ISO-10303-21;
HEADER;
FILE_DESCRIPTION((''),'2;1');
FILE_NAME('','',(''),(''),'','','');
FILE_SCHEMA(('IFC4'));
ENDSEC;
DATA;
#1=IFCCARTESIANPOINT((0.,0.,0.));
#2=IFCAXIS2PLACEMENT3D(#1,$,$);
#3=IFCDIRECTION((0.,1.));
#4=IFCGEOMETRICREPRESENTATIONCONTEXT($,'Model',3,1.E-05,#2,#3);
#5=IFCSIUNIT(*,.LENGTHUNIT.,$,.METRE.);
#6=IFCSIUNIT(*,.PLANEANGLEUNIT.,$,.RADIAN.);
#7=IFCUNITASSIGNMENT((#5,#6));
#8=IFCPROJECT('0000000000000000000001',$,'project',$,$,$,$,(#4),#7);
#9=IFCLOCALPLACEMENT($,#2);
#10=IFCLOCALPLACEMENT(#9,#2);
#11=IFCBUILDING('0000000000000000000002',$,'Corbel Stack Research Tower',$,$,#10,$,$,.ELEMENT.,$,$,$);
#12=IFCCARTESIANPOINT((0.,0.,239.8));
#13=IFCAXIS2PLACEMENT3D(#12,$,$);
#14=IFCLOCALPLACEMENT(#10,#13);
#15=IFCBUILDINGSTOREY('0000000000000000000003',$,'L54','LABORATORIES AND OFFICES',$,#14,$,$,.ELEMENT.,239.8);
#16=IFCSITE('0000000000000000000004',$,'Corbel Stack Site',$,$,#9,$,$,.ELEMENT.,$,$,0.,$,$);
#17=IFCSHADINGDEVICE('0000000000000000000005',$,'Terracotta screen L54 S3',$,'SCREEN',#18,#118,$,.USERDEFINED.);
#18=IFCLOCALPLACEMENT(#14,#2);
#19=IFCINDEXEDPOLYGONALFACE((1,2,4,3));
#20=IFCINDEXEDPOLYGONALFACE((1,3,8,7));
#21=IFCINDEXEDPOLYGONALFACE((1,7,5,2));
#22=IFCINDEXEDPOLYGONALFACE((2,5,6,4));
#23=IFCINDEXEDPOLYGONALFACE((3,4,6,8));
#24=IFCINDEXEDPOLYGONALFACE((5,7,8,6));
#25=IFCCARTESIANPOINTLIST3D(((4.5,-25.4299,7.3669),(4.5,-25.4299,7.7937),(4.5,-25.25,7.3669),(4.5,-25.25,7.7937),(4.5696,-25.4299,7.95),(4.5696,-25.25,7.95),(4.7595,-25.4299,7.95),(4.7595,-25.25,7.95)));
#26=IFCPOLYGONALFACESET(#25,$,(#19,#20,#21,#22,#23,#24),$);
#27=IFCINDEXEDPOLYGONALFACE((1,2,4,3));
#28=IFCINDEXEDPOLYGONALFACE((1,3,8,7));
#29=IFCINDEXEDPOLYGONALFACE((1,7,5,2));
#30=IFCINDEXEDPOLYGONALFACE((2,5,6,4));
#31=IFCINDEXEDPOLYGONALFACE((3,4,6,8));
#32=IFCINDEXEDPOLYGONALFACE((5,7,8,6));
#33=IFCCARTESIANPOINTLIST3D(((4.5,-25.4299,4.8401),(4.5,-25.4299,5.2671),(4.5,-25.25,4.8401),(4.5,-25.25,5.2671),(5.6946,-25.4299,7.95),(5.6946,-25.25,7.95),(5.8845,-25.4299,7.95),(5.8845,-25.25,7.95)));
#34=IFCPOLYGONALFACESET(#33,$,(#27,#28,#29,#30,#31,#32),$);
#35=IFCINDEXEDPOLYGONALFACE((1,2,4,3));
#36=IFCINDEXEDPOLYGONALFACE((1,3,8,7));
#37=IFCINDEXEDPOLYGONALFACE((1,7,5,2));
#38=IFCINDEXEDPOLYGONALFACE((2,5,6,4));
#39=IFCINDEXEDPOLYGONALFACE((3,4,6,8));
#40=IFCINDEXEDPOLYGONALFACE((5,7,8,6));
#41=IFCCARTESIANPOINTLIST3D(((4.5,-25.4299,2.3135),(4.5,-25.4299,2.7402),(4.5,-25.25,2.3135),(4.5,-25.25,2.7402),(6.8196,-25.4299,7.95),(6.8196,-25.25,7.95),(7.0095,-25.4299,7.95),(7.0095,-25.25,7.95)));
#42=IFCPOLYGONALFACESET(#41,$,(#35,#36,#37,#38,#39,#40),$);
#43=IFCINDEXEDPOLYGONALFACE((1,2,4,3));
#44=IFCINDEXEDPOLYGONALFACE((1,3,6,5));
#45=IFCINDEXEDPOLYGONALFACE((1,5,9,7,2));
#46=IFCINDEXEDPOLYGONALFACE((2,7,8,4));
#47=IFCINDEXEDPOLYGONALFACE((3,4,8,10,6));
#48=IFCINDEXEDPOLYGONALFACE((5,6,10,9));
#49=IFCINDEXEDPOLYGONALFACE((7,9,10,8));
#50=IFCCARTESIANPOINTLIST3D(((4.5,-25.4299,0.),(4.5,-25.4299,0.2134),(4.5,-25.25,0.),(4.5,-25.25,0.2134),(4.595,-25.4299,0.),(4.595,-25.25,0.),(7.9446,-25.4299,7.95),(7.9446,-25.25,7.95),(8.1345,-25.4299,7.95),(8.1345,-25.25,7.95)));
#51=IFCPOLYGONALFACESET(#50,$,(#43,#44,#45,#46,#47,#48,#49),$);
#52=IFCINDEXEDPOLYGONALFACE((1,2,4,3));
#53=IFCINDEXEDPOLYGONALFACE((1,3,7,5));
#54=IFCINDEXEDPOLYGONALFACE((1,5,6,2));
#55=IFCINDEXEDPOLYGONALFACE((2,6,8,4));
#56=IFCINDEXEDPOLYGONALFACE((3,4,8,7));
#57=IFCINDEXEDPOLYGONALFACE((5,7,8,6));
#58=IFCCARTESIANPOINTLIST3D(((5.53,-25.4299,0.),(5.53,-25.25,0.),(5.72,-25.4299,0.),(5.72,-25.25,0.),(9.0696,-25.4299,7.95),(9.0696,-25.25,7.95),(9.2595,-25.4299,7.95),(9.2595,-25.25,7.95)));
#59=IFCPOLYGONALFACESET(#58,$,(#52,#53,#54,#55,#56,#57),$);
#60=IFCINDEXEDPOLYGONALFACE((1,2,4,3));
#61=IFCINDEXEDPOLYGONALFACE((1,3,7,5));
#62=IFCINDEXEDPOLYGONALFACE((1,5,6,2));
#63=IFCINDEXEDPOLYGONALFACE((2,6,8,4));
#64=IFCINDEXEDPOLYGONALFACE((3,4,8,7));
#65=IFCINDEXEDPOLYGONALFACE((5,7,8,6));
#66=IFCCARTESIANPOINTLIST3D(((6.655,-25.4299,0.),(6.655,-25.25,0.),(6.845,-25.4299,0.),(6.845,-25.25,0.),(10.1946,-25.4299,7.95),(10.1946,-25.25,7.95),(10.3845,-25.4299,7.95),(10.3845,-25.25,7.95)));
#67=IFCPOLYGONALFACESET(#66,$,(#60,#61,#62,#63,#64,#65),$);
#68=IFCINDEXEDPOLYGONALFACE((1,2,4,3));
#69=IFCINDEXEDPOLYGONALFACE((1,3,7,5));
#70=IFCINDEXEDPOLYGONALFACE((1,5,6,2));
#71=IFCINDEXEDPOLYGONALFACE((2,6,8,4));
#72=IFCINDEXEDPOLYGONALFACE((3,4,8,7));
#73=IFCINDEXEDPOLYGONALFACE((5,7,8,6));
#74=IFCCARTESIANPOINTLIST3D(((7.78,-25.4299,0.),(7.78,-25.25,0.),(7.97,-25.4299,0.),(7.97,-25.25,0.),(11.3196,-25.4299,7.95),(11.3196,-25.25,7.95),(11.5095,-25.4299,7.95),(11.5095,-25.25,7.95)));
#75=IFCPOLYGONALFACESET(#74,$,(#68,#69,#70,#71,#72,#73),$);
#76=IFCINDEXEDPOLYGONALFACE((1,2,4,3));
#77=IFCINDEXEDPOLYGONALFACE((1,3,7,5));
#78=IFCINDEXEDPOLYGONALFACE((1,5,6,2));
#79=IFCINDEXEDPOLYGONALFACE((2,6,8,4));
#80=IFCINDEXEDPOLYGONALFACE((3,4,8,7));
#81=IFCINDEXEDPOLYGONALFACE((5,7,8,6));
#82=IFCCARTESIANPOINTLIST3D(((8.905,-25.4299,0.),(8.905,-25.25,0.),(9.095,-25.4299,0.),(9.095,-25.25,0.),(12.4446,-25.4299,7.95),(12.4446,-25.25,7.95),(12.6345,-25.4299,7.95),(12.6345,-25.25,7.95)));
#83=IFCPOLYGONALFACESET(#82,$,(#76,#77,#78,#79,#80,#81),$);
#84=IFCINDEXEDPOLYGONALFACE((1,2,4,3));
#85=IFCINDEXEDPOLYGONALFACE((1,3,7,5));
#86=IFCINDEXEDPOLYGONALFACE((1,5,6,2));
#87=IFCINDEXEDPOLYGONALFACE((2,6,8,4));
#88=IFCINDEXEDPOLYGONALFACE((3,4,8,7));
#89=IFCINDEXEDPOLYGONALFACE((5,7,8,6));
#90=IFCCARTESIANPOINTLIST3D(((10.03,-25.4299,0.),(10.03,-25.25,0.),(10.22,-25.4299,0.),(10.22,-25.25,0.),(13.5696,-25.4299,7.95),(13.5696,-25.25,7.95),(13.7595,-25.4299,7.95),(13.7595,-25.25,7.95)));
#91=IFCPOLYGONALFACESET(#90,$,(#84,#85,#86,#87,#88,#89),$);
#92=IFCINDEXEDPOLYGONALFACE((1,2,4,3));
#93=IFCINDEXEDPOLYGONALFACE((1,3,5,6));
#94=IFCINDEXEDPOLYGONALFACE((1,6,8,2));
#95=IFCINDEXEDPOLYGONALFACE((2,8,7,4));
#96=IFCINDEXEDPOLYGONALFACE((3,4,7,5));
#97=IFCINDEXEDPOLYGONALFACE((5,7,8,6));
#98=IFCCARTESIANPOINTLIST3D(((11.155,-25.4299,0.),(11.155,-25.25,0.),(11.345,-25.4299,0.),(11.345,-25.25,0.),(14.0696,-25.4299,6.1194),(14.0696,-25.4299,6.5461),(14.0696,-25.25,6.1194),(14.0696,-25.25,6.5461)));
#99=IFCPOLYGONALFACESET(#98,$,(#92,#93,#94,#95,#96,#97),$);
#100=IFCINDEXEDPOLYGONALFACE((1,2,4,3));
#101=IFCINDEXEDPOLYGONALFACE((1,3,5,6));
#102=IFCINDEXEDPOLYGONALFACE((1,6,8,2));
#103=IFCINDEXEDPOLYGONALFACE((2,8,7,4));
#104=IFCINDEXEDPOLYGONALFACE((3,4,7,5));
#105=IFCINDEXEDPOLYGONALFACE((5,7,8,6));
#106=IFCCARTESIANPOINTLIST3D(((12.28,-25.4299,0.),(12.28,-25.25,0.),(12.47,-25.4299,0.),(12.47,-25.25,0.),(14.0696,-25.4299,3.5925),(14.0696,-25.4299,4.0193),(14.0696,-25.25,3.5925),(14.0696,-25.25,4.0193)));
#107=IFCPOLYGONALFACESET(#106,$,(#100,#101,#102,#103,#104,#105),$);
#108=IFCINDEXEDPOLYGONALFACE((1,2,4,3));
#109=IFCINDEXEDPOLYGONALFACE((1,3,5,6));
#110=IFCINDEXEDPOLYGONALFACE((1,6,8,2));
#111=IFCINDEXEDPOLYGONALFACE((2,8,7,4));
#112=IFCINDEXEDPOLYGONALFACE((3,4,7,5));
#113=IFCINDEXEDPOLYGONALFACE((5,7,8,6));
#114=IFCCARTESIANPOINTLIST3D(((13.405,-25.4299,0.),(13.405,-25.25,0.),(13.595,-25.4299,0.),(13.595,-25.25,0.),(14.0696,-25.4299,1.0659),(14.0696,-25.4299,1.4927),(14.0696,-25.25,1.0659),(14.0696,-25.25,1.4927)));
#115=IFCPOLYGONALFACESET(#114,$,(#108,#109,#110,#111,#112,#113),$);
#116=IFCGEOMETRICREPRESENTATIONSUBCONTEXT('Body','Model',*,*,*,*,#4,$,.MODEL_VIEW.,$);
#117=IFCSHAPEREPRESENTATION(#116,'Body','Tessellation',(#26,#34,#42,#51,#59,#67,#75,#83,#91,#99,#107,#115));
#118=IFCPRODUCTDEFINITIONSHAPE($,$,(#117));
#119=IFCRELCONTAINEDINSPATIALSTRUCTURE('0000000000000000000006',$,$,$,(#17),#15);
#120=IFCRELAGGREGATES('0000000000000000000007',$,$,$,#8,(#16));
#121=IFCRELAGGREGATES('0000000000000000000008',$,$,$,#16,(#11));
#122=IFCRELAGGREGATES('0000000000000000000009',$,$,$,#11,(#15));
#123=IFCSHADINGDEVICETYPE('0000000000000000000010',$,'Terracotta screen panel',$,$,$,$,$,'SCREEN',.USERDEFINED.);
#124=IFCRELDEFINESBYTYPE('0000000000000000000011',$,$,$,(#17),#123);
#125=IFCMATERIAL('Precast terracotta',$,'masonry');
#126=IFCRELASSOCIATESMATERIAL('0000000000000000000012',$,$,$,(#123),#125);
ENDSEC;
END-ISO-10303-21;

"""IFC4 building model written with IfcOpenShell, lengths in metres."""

from ifc_helpers import new_model, si_unit, direction, frame, origin, place, context, subcontext, project, spatial, polyline, outline, extrude, source, transform, mapped, material, type_object, element, save


model = new_model("IFC4")

# Units and contexts
model_context = context("Model", 3, precision=1e-05, world=origin(), true_north=direction((0.0, 1.0)))
body_context = subcontext(model_context, "Body", "Model", "MODEL_VIEW")
ifc_project = project(units=[si_unit("LENGTHUNIT", "METRE"), si_unit("PLANEANGLEUNIT", "RADIAN")], contexts=[model_context])

# Site, building, storey
site_placement = place(None, origin())
site = spatial("IfcSite", under=ifc_project, at=site_placement, Name="Corbel Stack Site", CompositionType="ELEMENT", RefElevation=0.0)
building_placement = place(site_placement, origin())
building = spatial("IfcBuilding", under=site, at=building_placement, Name="Corbel Stack Research Tower", CompositionType="ELEMENT")
storey_placement = place(building_placement, frame((0.0, 0.0, 239.8)))
storey = spatial("IfcBuildingStorey", under=building, at=storey_placement, Name="L54", Description="LABORATORIES AND OFFICES", CompositionType="ELEMENT", Elevation=239.8)

# Shading device
ifc_material_1 = material(Name="Precast terracotta", Category="masonry")
shading_device_type = type_object("IfcShadingDeviceType", Name="Terracotta screen panel", ElementType="SCREEN", PredefinedType="USERDEFINED", material=ifc_material_1)
shared_shape_1 = source(origin(), body_context, "Body", "SweptSolid", [
    extrude(outline(polyline([(0.2595, 7.95), (0.0696, 7.95), (0.0, 7.7937), (0.0, 7.3669), (0.2595, 7.95)])), frame((0.0, 0.0, 0.0), z_axis=(0.0, -1.0, 0.0), x_axis=(1.0, 0.0, 0.0)), (0.0, 0.0, 1.0), 0.1799),
    extrude(outline(polyline([(1.3845, 7.95), (1.1946, 7.95), (0.0, 5.2671), (0.0, 4.8401), (1.3845, 7.95)])), frame((0.0, 0.0, 0.0), z_axis=(0.0, -1.0, 0.0), x_axis=(1.0, 0.0, 0.0)), (0.0, 0.0, 1.0), 0.1799),
    extrude(outline(polyline([(2.5095, 7.95), (2.3196, 7.95), (0.0, 2.7402), (0.0, 2.3135), (2.5095, 7.95)])), frame((0.0, 0.0, 0.0), z_axis=(0.0, -1.0, 0.0), x_axis=(1.0, 0.0, 0.0)), (0.0, 0.0, 1.0), 0.1799),
    extrude(outline(polyline([(0.095, 0.0), (3.6345, 7.95), (3.4446, 7.95), (0.0, 0.2134), (0.0, 0.0), (0.095, 0.0)])), frame((0.0, 0.0, 0.0), z_axis=(0.0, -1.0, 0.0), x_axis=(1.0, 0.0, 0.0)), (0.0, 0.0, 1.0), 0.1799),
    extrude(outline(polyline([(1.22, 0.0), (4.7595, 7.95), (4.5696, 7.95), (1.03, 0.0), (1.22, 0.0)])), frame((0.0, 0.0, 0.0), z_axis=(0.0, -1.0, 0.0), x_axis=(1.0, 0.0, 0.0)), (0.0, 0.0, 1.0), 0.1799),
    extrude(outline(polyline([(2.345, 0.0), (5.8845, 7.95), (5.6946, 7.95), (2.155, 0.0), (2.345, 0.0)])), frame((0.0, 0.0, 0.0), z_axis=(0.0, -1.0, 0.0), x_axis=(1.0, 0.0, 0.0)), (0.0, 0.0, 1.0), 0.1799),
    extrude(outline(polyline([(3.47, 0.0), (7.0095, 7.95), (6.8196, 7.95), (3.28, 0.0), (3.47, 0.0)])), frame((0.0, 0.0, 0.0), z_axis=(0.0, -1.0, 0.0), x_axis=(1.0, 0.0, 0.0)), (0.0, 0.0, 1.0), 0.1799),
    extrude(outline(polyline([(4.595, 0.0), (8.1345, 7.95), (7.9446, 7.95), (4.405, 0.0), (4.595, 0.0)])), frame((0.0, 0.0, 0.0), z_axis=(0.0, -1.0, 0.0), x_axis=(1.0, 0.0, 0.0)), (0.0, 0.0, 1.0), 0.1799),
    extrude(outline(polyline([(5.72, 0.0), (9.2595, 7.95), (9.0696, 7.95), (5.53, 0.0), (5.72, 0.0)])), frame((0.0, 0.0, 0.0), z_axis=(0.0, -1.0, 0.0), x_axis=(1.0, 0.0, 0.0)), (0.0, 0.0, 1.0), 0.1799),
    extrude(outline(polyline([(6.845, 0.0), (9.5696, 6.1194), (9.5696, 6.5461), (6.655, 0.0), (6.845, 0.0)])), frame((0.0, 0.0, 0.0), z_axis=(0.0, -1.0, 0.0), x_axis=(1.0, 0.0, 0.0)), (0.0, 0.0, 1.0), 0.1799),
    extrude(outline(polyline([(7.97, 0.0), (9.5696, 3.5925), (9.5696, 4.0193), (7.78, 0.0), (7.97, 0.0)])), frame((0.0, 0.0, 0.0), z_axis=(0.0, -1.0, 0.0), x_axis=(1.0, 0.0, 0.0)), (0.0, 0.0, 1.0), 0.1799),
    extrude(outline(polyline([(9.095, 0.0), (9.5696, 1.0659), (9.5696, 1.4927), (8.905, 0.0), (9.095, 0.0)])), frame((0.0, 0.0, 0.0), z_axis=(0.0, -1.0, 0.0), x_axis=(1.0, 0.0, 0.0)), (0.0, 0.0, 1.0), 0.1799),
])
shading_device_1_placement = place(storey_placement, frame((4.5, -25.25, 0.0), z_axis=(0.0, 0.0, 1.0), x_axis=(1.0, 0.0, 0.0)))
element("IfcShadingDevice", 1, at=shading_device_1_placement, inside=storey, type_object=shading_device_type, Name="Terracotta screen L54 S3", ObjectType="SCREEN", PredefinedType="USERDEFINED", context=body_context, shape_type="MappedRepresentation", body=[
    mapped(shared_shape_1, transform((0.0, 0.0, 0.0))),
])

save(model, "model.ifc")
